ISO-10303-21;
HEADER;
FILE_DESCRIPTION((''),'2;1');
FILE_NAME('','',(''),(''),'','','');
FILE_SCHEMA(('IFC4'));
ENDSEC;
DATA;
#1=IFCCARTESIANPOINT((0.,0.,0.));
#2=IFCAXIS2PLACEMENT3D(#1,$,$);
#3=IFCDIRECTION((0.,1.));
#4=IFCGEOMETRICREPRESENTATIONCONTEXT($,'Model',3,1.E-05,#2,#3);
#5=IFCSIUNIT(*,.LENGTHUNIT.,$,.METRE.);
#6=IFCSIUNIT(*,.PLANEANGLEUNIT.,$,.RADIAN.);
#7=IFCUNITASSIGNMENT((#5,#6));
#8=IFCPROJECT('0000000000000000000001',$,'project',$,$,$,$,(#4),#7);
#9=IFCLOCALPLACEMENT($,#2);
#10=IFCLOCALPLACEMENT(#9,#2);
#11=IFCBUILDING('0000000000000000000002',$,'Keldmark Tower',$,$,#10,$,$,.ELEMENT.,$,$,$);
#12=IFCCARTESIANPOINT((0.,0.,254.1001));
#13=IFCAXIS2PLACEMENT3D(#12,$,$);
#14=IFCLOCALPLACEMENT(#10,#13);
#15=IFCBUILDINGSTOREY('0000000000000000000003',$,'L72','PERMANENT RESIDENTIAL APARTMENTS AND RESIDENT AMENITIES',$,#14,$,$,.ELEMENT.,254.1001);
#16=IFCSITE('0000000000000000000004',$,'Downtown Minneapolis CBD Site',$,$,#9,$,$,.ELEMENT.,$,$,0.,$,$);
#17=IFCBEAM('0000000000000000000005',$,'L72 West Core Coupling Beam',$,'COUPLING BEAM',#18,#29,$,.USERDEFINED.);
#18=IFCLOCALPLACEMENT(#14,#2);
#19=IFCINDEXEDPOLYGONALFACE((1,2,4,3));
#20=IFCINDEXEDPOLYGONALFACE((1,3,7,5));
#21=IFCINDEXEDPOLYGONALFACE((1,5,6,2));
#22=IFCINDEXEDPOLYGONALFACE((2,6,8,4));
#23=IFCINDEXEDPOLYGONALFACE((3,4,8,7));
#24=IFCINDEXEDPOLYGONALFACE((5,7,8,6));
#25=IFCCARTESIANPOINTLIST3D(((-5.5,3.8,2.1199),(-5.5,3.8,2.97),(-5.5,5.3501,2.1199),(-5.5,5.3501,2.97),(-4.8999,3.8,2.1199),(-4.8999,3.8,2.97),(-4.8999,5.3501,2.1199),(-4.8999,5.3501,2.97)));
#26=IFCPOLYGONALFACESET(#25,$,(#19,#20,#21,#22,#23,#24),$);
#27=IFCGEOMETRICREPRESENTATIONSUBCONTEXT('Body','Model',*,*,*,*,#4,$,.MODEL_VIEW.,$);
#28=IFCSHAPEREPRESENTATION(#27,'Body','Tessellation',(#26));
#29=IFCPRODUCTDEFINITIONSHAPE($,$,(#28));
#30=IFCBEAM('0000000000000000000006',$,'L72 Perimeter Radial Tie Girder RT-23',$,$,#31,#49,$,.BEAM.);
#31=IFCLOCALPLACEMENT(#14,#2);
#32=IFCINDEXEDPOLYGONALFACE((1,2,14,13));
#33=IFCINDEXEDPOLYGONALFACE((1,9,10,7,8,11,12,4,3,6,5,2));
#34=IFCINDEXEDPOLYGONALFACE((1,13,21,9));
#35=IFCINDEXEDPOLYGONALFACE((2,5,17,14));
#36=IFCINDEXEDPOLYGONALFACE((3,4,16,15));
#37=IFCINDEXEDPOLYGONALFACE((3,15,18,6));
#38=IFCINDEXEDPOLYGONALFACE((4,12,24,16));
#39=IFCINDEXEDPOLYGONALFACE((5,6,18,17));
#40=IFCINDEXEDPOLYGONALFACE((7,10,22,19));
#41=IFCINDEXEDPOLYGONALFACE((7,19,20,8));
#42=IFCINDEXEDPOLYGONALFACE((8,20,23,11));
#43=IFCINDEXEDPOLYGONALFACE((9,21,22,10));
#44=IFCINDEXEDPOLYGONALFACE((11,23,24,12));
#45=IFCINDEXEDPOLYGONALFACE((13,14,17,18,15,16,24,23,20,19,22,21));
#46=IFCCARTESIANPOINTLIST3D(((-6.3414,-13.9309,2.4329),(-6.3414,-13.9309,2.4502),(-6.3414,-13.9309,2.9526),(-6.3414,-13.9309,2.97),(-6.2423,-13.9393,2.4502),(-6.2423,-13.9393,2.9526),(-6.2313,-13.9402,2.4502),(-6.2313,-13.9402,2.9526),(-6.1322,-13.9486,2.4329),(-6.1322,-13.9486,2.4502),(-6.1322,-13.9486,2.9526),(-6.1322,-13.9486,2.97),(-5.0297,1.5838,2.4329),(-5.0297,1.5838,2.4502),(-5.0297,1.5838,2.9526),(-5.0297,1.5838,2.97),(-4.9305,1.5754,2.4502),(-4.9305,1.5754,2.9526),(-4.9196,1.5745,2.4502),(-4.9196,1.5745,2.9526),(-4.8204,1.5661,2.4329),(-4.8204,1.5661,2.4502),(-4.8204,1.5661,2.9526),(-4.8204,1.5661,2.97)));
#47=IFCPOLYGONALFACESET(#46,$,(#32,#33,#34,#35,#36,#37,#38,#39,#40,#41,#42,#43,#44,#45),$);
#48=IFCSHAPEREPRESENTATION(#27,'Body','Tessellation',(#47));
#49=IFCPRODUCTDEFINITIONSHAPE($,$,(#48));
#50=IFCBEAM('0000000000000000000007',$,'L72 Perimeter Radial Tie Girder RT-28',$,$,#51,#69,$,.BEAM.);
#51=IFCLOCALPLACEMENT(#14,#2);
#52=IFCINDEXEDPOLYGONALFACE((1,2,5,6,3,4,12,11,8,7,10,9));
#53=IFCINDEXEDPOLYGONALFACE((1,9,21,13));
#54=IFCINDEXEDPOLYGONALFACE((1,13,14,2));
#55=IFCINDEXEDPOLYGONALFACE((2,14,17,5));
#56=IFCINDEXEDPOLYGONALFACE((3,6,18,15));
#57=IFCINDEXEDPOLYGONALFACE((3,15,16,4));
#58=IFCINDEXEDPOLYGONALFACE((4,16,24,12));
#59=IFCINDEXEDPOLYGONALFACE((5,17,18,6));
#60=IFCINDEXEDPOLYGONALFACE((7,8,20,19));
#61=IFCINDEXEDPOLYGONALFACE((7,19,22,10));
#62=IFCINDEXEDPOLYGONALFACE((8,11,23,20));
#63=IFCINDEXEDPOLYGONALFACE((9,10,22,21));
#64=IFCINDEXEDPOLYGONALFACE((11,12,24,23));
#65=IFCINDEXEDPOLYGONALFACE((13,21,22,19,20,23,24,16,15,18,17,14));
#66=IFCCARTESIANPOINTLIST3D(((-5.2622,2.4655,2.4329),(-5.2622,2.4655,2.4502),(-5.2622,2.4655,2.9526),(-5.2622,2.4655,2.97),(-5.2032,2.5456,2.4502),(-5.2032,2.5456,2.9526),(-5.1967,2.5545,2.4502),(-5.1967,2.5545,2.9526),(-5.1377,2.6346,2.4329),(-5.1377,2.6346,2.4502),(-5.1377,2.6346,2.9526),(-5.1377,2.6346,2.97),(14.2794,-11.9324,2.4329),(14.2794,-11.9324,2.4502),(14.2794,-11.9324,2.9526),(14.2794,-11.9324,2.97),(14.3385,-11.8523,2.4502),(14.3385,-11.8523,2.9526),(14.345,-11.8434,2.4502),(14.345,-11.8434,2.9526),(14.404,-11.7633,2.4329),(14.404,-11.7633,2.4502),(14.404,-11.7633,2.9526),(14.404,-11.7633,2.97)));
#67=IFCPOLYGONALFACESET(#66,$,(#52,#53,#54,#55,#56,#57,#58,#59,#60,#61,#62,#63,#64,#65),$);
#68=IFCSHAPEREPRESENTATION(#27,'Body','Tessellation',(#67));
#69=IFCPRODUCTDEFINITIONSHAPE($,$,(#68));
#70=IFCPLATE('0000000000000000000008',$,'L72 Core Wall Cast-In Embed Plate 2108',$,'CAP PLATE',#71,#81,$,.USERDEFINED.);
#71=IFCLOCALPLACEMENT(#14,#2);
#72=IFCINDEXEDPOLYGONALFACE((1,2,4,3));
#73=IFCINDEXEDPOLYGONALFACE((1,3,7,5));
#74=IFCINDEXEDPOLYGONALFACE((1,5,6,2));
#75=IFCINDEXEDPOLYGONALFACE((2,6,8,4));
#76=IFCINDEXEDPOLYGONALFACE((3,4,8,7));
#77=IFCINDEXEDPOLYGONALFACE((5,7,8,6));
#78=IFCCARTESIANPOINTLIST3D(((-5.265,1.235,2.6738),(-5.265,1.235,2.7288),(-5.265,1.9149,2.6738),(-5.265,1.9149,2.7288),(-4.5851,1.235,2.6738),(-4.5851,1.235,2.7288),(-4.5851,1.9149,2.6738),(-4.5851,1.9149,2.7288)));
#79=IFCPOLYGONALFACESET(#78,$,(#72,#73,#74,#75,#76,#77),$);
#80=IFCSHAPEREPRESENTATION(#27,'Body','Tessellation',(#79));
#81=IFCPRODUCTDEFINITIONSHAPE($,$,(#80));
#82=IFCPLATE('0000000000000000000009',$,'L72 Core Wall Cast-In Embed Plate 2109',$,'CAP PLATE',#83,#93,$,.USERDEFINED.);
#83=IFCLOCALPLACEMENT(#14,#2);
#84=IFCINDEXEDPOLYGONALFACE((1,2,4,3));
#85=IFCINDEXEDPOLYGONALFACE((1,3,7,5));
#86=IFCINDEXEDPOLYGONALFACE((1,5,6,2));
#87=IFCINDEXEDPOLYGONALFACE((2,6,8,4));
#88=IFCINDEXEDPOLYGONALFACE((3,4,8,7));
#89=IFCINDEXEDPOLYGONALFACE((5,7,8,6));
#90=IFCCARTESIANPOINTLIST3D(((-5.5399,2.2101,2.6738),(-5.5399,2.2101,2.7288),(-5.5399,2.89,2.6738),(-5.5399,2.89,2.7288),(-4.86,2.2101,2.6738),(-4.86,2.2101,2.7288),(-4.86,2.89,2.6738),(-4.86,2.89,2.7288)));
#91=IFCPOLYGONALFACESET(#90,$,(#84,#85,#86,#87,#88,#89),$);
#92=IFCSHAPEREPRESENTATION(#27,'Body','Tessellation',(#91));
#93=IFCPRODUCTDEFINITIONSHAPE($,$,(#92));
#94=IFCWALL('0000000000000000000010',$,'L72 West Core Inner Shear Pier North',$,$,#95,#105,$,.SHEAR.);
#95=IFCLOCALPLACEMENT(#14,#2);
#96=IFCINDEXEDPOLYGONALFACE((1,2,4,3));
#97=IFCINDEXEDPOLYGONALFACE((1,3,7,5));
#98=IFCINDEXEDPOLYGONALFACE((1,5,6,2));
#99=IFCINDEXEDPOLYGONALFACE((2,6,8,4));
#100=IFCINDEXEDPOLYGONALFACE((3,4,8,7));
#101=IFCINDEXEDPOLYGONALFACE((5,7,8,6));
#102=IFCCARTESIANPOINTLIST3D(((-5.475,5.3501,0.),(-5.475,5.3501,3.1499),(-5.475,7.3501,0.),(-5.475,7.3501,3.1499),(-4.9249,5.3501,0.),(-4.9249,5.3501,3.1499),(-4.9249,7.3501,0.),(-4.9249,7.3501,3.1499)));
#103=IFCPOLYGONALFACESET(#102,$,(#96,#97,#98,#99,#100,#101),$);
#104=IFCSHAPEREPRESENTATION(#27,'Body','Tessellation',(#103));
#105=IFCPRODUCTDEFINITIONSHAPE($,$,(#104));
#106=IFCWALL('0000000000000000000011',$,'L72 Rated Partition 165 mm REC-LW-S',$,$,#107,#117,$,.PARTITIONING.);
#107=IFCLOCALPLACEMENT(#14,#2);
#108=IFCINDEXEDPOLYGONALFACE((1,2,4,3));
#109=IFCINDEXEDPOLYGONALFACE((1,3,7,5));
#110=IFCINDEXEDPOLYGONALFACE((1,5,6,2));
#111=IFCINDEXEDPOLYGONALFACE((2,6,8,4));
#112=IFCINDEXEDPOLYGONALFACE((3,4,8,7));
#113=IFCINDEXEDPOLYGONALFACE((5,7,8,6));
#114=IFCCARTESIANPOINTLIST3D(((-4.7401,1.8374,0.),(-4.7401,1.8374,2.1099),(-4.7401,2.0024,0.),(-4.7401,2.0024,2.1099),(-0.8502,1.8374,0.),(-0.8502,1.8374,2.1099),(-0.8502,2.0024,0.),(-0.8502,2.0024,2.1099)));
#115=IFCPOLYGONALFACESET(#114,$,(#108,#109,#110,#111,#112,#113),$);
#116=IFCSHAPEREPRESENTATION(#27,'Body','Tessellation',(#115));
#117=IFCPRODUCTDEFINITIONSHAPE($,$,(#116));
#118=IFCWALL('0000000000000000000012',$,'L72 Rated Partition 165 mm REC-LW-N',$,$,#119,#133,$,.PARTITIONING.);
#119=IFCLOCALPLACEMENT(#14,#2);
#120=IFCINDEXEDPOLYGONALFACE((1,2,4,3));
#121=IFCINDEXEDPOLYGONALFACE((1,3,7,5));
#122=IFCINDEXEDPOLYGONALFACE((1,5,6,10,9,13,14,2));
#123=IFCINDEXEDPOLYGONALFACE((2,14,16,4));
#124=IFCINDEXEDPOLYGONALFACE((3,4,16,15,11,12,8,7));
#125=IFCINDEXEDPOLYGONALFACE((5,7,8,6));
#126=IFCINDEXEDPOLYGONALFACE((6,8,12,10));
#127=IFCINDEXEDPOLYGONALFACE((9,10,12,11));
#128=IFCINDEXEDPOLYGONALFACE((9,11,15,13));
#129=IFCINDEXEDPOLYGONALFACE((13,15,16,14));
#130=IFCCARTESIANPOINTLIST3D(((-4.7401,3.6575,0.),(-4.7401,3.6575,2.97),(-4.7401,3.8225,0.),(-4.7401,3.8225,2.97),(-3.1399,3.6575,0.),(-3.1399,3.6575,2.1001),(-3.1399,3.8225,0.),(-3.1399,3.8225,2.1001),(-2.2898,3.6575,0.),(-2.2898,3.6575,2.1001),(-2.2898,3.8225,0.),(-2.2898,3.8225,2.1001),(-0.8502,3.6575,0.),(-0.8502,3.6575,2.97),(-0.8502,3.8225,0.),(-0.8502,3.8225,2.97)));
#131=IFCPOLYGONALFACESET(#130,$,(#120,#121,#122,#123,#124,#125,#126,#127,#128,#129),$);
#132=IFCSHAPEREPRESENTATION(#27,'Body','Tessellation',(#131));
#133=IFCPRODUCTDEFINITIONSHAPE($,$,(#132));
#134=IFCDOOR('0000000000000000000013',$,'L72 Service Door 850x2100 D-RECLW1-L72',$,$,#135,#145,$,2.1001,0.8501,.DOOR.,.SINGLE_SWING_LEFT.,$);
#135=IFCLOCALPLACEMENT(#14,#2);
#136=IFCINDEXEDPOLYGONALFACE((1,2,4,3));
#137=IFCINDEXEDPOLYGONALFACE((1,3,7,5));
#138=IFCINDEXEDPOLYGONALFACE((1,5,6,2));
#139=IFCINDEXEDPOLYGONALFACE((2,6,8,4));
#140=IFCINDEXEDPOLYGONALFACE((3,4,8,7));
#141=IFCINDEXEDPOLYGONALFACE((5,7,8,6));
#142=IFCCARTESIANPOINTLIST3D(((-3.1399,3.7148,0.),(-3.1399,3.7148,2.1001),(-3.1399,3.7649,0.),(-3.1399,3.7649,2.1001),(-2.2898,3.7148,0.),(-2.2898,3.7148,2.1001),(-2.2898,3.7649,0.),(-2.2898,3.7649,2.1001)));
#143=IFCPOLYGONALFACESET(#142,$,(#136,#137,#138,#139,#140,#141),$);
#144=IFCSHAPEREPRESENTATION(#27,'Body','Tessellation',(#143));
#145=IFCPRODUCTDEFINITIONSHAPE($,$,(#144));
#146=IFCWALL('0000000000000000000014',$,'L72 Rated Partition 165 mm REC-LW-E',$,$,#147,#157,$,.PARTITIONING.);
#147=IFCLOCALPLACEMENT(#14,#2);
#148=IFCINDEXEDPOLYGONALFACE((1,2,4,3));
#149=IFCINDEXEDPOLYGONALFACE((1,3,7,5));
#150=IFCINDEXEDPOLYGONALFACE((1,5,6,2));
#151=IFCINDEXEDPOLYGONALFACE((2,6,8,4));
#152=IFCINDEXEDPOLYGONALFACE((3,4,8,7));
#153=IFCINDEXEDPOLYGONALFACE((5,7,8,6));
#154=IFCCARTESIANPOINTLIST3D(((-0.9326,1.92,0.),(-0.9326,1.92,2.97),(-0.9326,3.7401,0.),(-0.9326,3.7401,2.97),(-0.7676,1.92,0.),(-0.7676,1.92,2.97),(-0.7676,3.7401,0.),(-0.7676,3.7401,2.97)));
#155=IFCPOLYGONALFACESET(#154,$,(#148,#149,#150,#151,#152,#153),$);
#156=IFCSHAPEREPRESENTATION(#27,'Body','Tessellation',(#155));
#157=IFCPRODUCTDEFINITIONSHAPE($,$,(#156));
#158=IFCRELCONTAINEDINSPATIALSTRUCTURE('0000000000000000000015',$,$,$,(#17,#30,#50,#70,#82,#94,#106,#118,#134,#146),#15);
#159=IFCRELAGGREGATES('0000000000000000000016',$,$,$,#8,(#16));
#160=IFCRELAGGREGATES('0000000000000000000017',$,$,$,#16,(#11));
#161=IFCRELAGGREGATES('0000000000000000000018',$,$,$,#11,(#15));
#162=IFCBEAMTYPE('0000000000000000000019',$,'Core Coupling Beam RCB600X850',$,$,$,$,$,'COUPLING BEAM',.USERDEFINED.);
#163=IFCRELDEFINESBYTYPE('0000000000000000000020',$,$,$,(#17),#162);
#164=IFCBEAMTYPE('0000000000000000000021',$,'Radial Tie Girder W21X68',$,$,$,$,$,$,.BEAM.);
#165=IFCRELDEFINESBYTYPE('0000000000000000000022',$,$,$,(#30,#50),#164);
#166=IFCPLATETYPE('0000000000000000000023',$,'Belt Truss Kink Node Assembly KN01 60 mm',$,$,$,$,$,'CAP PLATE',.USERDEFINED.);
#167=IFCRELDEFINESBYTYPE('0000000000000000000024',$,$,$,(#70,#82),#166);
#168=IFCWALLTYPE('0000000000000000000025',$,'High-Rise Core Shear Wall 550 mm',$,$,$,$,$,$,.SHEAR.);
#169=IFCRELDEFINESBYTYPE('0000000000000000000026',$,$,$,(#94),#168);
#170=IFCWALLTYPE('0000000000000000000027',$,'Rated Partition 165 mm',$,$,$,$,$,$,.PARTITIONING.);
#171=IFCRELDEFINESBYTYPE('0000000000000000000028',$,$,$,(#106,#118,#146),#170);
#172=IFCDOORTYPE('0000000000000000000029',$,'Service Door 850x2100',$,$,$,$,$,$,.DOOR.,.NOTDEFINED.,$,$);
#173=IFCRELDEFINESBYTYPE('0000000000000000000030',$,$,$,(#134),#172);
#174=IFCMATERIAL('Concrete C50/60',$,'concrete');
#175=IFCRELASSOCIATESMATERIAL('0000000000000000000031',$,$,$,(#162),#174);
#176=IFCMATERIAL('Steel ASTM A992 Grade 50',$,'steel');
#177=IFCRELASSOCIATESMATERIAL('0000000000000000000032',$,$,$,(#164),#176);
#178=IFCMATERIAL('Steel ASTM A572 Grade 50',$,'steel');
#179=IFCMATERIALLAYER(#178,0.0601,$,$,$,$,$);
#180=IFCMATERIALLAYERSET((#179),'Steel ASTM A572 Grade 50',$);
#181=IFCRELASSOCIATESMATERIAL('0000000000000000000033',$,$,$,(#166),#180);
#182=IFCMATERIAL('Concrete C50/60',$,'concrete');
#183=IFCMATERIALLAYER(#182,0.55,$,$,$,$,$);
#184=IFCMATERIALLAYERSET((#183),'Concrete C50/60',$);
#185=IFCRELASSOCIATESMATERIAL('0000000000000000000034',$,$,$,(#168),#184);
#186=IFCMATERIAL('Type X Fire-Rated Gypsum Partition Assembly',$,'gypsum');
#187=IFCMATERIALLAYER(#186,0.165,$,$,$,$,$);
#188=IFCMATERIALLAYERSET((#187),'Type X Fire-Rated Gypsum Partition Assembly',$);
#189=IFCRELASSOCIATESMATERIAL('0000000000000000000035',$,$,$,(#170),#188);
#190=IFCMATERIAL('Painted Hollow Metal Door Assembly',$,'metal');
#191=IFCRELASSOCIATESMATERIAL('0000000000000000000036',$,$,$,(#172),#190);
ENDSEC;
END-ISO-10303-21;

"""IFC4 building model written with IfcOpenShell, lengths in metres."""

from ifc_helpers import new_model, si_unit, direction, frame, frame_2d, origin, origin_2d, place, context, subcontext, project, spatial, rectangle, i_section, extrude, material, layer, layer_set, material_profile, profile_set, type_object, element, fill, save


model = new_model("IFC4")

# Units and contexts
model_context = context("Model", 3, precision=1e-05, world=origin(), true_north=direction((0.0, 1.0)))
body_context = subcontext(model_context, "Body", "Model", "MODEL_VIEW")
ifc_project = project(units=[si_unit("LENGTHUNIT", "METRE"), si_unit("PLANEANGLEUNIT", "RADIAN")], contexts=[model_context])

# Site, building, storey
site_placement = place(None, origin())
site = spatial("IfcSite", under=ifc_project, at=site_placement, Name="Downtown Minneapolis CBD Site", CompositionType="ELEMENT", RefElevation=0.0)
building_placement = place(site_placement, origin())
building = spatial("IfcBuilding", under=site, at=building_placement, Name="Keldmark Tower", CompositionType="ELEMENT")
storey_placement = place(building_placement, frame((0.0, 0.0, 254.1001)))
storey = spatial("IfcBuildingStorey", under=building, at=storey_placement, Name="L72", Description="PERMANENT RESIDENTIAL APARTMENTS AND RESIDENT AMENITIES", CompositionType="ELEMENT", Elevation=254.1001)

# Beams
ifc_material_1 = material(Name="Concrete C50/60", Category="concrete")
ifc_material_profile_1 = material_profile(ifc_material_1, rectangle(XDim=0.6001, YDim=0.8501, at=origin_2d()), Name="RCB600X850")
ifc_profile_set_1 = profile_set([ifc_material_profile_1], Name="Concrete C50/60")
beam_type_1 = type_object("IfcBeamType", Name="Core Coupling Beam RCB600X850", ElementType="COUPLING BEAM", PredefinedType="USERDEFINED", material=ifc_profile_set_1)
beam_1_placement = place(storey_placement, frame((-5.2, 3.8, 2.5449), z_axis=(0.0, 1.0, 0.0), x_axis=(-1.0, 0.0, 0.0)))
element("IfcBeam", 1, at=beam_1_placement, inside=storey, type_object=beam_type_1, Name="L72 West Core Coupling Beam", ObjectType="COUPLING BEAM", PredefinedType="USERDEFINED", context=body_context, shape_type="SweptSolid", body=[
    extrude(rectangle(XDim=0.6001, YDim=0.8501, at=origin_2d()), origin(), (0.0, 0.0, 1.0), 1.55),
])
ifc_material_2 = material(Name="Steel ASTM A992 Grade 50", Category="steel")
ifc_material_profile_2 = material_profile(ifc_material_2, i_section(OverallWidth=0.21, OverallDepth=0.5371, WebThickness=0.011, FlangeThickness=0.0173, at=origin_2d()), Name="W21X68")
ifc_profile_set_2 = profile_set([ifc_material_profile_2], Name="Steel ASTM A992 Grade 50")
beam_type_2 = type_object("IfcBeamType", Name="Radial Tie Girder W21X68", PredefinedType="BEAM", material=ifc_profile_set_2)
beam_2_placement = place(storey_placement, frame((-4.925, 1.575, 2.7014), z_axis=(-0.08425, -0.996445, 0.0), x_axis=(0.996445, -0.08425, 0.0)))
element("IfcBeam", 2, at=beam_2_placement, inside=storey, type_object=beam_type_2, Name="L72 Perimeter Radial Tie Girder RT-23", PredefinedType="BEAM", context=body_context, shape_type="SweptSolid", body=[
    extrude(i_section(OverallWidth=0.21, OverallDepth=0.5371, WebThickness=0.011, FlangeThickness=0.0173, at=origin_2d()), origin(), (0.0, 0.0, 1.0), 15.5701),
])
beam_3_placement = place(storey_placement, frame((-5.2, 2.55, 2.7014), z_axis=(0.80508, -0.593166, 0.0), x_axis=(0.593166, 0.80508, 0.0)))
element("IfcBeam", 3, at=beam_3_placement, inside=storey, type_object=beam_type_2, Name="L72 Perimeter Radial Tie Girder RT-28", PredefinedType="BEAM", context=body_context, shape_type="SweptSolid", body=[
    extrude(i_section(OverallWidth=0.21, OverallDepth=0.5371, WebThickness=0.011, FlangeThickness=0.0173, at=origin_2d()), origin(), (0.0, 0.0, 1.0), 24.2729),
])

# Plates
ifc_material_3 = material(Name="Steel ASTM A572 Grade 50", Category="steel")
ifc_layer_1 = layer(ifc_material_3, 0.0601)
ifc_layer_set_1 = layer_set([ifc_layer_1], Name="Steel ASTM A572 Grade 50")
plate_type = type_object("IfcPlateType", Name="Belt Truss Kink Node Assembly KN01 60 mm", ElementType="CAP PLATE", PredefinedType="USERDEFINED", material=ifc_layer_set_1)
for number, where, z_axis, x_axis, name in (
    (4, (-4.925, 1.575, 2.6738), (0.0, 0.0, 1.0), (1.0, 0.0, 0.0), "L72 Core Wall Cast-In Embed Plate 2108"),
    (5, (-5.2, 2.55, 2.6738), (0.0, 0.0, 1.0), (1.0, 0.0, 0.0), "L72 Core Wall Cast-In Embed Plate 2109"),
):
    element("IfcPlate", number, at=place(storey_placement, frame(where, z_axis=z_axis, x_axis=x_axis)), inside=storey, type_object=plate_type, Name=name, ObjectType="CAP PLATE", PredefinedType="USERDEFINED", context=body_context, shape_type="SweptSolid", body=[
        extrude(rectangle(XDim=0.6799, YDim=0.6799, at=origin_2d()), origin(), (0.0, 0.0, 1.0), 0.0549),
    ])

# Shared definitions
ifc_material_4 = material(Name="Concrete C50/60", Category="concrete")
ifc_layer_2 = layer(ifc_material_4, 0.55)
ifc_layer_set_2 = layer_set([ifc_layer_2], Name="Concrete C50/60")
wall_type_1 = type_object("IfcWallType", Name="High-Rise Core Shear Wall 550 mm", PredefinedType="SHEAR", material=ifc_layer_set_2)

# Walls
wall_1_placement = place(storey_placement, frame((-5.2, 5.3501, 0.0), z_axis=(0.0, 0.0, 1.0), x_axis=(0.0, 1.0, 0.0)))
element("IfcWall", 6, at=wall_1_placement, inside=storey, type_object=wall_type_1, Name="L72 West Core Inner Shear Pier North", PredefinedType="SHEAR", context=body_context, shape_type="SweptSolid", body=[
    extrude(rectangle(XDim=2.0, YDim=0.55, at=frame_2d((1.0, 0.0))), origin(), (0.0, 0.0, 1.0), 3.1499),
])
ifc_material_5 = material(Name="Type X Fire-Rated Gypsum Partition Assembly", Category="gypsum")
ifc_layer_3 = layer(ifc_material_5, 0.165)
ifc_layer_set_3 = layer_set([ifc_layer_3], Name="Type X Fire-Rated Gypsum Partition Assembly")
wall_type_2 = type_object("IfcWallType", Name="Rated Partition 165 mm", PredefinedType="PARTITIONING", material=ifc_layer_set_3)
wall_2_placement = place(storey_placement, frame((-4.74, 1.9199, 0.0), z_axis=(0.0, 0.0, 1.0), x_axis=(1.0, 0.0, 0.0)))
element("IfcWall", 7, at=wall_2_placement, inside=storey, type_object=wall_type_2, Name="L72 Rated Partition 165 mm REC-LW-S", PredefinedType="PARTITIONING", context=body_context, shape_type="SweptSolid", body=[
    extrude(rectangle(XDim=3.8899, YDim=0.165, at=frame_2d((1.9448, 0.0))), origin(), (0.0, 0.0, 1.0), 2.1099),
])

# Wall, opening, door
wall_3_placement = place(storey_placement, frame((-4.74, 3.74, 0.0), z_axis=(0.0, 0.0, 1.0), x_axis=(1.0, 0.0, 0.0)))
wall_3 = element("IfcWall", 8, at=wall_3_placement, inside=storey, type_object=wall_type_2, Name="L72 Rated Partition 165 mm REC-LW-N", PredefinedType="PARTITIONING", context=body_context, shape_type="SweptSolid", body=[
    extrude(rectangle(XDim=3.8899, YDim=0.165, at=frame_2d((1.9448, 0.0))), origin(), (0.0, 0.0, 1.0), 2.97),
])
opening_1_placement = place(wall_3_placement, frame((1.6001, 0.0, 0.0)))
opening_1 = element("IfcOpeningElement", 9, at=opening_1_placement, cuts=wall_3, PredefinedType="OPENING", context=body_context, shape_type="SweptSolid", body=[
    extrude(rectangle(XDim=0.8501, YDim=2.1001, at=frame_2d((0.425, 1.05))), frame((0.0, 0.0925, 0.0), z_axis=(0.0, -1.0, 0.0), x_axis=(1.0, 0.0, 0.0)), (0.0, 0.0, 1.0), 0.1851),
])
ifc_material_6 = material(Name="Painted Hollow Metal Door Assembly", Category="metal")
door_type_1 = type_object("IfcDoorType", Name="Service Door 850x2100", OperationType="NOTDEFINED", PredefinedType="DOOR", material=ifc_material_6)
door_1_placement = place(opening_1_placement, origin())
door_1 = element("IfcDoor", 10, at=door_1_placement, inside=storey, type_object=door_type_1, Name="L72 Service Door 850x2100 D-RECLW1-L72", OperationType="SINGLE_SWING_LEFT", OverallHeight=2.1001, OverallWidth=0.8501, PredefinedType="DOOR", context=body_context, shape_type="SweptSolid", body=[
    extrude(rectangle(XDim=0.8501, YDim=2.1001, at=frame_2d((0.425, 1.05))), frame((0.0, 0.0249, 0.0), z_axis=(0.0, -1.0, 0.0), x_axis=(1.0, 0.0, 0.0)), (0.0, 0.0, 1.0), 0.05),
])
fill(opening_1, door_1)

# Wall
wall_4_placement = place(storey_placement, frame((-0.8501, 1.9199, 0.0), z_axis=(0.0, 0.0, 1.0), x_axis=(0.0, 1.0, 0.0)))
element("IfcWall", 11, at=wall_4_placement, inside=storey, type_object=wall_type_2, Name="L72 Rated Partition 165 mm REC-LW-E", PredefinedType="PARTITIONING", context=body_context, shape_type="SweptSolid", body=[
    extrude(rectangle(XDim=1.8201, YDim=0.165, at=frame_2d((0.9102, 0.0))), origin(), (0.0, 0.0, 1.0), 2.97),
])

save(model, "model.ifc")
